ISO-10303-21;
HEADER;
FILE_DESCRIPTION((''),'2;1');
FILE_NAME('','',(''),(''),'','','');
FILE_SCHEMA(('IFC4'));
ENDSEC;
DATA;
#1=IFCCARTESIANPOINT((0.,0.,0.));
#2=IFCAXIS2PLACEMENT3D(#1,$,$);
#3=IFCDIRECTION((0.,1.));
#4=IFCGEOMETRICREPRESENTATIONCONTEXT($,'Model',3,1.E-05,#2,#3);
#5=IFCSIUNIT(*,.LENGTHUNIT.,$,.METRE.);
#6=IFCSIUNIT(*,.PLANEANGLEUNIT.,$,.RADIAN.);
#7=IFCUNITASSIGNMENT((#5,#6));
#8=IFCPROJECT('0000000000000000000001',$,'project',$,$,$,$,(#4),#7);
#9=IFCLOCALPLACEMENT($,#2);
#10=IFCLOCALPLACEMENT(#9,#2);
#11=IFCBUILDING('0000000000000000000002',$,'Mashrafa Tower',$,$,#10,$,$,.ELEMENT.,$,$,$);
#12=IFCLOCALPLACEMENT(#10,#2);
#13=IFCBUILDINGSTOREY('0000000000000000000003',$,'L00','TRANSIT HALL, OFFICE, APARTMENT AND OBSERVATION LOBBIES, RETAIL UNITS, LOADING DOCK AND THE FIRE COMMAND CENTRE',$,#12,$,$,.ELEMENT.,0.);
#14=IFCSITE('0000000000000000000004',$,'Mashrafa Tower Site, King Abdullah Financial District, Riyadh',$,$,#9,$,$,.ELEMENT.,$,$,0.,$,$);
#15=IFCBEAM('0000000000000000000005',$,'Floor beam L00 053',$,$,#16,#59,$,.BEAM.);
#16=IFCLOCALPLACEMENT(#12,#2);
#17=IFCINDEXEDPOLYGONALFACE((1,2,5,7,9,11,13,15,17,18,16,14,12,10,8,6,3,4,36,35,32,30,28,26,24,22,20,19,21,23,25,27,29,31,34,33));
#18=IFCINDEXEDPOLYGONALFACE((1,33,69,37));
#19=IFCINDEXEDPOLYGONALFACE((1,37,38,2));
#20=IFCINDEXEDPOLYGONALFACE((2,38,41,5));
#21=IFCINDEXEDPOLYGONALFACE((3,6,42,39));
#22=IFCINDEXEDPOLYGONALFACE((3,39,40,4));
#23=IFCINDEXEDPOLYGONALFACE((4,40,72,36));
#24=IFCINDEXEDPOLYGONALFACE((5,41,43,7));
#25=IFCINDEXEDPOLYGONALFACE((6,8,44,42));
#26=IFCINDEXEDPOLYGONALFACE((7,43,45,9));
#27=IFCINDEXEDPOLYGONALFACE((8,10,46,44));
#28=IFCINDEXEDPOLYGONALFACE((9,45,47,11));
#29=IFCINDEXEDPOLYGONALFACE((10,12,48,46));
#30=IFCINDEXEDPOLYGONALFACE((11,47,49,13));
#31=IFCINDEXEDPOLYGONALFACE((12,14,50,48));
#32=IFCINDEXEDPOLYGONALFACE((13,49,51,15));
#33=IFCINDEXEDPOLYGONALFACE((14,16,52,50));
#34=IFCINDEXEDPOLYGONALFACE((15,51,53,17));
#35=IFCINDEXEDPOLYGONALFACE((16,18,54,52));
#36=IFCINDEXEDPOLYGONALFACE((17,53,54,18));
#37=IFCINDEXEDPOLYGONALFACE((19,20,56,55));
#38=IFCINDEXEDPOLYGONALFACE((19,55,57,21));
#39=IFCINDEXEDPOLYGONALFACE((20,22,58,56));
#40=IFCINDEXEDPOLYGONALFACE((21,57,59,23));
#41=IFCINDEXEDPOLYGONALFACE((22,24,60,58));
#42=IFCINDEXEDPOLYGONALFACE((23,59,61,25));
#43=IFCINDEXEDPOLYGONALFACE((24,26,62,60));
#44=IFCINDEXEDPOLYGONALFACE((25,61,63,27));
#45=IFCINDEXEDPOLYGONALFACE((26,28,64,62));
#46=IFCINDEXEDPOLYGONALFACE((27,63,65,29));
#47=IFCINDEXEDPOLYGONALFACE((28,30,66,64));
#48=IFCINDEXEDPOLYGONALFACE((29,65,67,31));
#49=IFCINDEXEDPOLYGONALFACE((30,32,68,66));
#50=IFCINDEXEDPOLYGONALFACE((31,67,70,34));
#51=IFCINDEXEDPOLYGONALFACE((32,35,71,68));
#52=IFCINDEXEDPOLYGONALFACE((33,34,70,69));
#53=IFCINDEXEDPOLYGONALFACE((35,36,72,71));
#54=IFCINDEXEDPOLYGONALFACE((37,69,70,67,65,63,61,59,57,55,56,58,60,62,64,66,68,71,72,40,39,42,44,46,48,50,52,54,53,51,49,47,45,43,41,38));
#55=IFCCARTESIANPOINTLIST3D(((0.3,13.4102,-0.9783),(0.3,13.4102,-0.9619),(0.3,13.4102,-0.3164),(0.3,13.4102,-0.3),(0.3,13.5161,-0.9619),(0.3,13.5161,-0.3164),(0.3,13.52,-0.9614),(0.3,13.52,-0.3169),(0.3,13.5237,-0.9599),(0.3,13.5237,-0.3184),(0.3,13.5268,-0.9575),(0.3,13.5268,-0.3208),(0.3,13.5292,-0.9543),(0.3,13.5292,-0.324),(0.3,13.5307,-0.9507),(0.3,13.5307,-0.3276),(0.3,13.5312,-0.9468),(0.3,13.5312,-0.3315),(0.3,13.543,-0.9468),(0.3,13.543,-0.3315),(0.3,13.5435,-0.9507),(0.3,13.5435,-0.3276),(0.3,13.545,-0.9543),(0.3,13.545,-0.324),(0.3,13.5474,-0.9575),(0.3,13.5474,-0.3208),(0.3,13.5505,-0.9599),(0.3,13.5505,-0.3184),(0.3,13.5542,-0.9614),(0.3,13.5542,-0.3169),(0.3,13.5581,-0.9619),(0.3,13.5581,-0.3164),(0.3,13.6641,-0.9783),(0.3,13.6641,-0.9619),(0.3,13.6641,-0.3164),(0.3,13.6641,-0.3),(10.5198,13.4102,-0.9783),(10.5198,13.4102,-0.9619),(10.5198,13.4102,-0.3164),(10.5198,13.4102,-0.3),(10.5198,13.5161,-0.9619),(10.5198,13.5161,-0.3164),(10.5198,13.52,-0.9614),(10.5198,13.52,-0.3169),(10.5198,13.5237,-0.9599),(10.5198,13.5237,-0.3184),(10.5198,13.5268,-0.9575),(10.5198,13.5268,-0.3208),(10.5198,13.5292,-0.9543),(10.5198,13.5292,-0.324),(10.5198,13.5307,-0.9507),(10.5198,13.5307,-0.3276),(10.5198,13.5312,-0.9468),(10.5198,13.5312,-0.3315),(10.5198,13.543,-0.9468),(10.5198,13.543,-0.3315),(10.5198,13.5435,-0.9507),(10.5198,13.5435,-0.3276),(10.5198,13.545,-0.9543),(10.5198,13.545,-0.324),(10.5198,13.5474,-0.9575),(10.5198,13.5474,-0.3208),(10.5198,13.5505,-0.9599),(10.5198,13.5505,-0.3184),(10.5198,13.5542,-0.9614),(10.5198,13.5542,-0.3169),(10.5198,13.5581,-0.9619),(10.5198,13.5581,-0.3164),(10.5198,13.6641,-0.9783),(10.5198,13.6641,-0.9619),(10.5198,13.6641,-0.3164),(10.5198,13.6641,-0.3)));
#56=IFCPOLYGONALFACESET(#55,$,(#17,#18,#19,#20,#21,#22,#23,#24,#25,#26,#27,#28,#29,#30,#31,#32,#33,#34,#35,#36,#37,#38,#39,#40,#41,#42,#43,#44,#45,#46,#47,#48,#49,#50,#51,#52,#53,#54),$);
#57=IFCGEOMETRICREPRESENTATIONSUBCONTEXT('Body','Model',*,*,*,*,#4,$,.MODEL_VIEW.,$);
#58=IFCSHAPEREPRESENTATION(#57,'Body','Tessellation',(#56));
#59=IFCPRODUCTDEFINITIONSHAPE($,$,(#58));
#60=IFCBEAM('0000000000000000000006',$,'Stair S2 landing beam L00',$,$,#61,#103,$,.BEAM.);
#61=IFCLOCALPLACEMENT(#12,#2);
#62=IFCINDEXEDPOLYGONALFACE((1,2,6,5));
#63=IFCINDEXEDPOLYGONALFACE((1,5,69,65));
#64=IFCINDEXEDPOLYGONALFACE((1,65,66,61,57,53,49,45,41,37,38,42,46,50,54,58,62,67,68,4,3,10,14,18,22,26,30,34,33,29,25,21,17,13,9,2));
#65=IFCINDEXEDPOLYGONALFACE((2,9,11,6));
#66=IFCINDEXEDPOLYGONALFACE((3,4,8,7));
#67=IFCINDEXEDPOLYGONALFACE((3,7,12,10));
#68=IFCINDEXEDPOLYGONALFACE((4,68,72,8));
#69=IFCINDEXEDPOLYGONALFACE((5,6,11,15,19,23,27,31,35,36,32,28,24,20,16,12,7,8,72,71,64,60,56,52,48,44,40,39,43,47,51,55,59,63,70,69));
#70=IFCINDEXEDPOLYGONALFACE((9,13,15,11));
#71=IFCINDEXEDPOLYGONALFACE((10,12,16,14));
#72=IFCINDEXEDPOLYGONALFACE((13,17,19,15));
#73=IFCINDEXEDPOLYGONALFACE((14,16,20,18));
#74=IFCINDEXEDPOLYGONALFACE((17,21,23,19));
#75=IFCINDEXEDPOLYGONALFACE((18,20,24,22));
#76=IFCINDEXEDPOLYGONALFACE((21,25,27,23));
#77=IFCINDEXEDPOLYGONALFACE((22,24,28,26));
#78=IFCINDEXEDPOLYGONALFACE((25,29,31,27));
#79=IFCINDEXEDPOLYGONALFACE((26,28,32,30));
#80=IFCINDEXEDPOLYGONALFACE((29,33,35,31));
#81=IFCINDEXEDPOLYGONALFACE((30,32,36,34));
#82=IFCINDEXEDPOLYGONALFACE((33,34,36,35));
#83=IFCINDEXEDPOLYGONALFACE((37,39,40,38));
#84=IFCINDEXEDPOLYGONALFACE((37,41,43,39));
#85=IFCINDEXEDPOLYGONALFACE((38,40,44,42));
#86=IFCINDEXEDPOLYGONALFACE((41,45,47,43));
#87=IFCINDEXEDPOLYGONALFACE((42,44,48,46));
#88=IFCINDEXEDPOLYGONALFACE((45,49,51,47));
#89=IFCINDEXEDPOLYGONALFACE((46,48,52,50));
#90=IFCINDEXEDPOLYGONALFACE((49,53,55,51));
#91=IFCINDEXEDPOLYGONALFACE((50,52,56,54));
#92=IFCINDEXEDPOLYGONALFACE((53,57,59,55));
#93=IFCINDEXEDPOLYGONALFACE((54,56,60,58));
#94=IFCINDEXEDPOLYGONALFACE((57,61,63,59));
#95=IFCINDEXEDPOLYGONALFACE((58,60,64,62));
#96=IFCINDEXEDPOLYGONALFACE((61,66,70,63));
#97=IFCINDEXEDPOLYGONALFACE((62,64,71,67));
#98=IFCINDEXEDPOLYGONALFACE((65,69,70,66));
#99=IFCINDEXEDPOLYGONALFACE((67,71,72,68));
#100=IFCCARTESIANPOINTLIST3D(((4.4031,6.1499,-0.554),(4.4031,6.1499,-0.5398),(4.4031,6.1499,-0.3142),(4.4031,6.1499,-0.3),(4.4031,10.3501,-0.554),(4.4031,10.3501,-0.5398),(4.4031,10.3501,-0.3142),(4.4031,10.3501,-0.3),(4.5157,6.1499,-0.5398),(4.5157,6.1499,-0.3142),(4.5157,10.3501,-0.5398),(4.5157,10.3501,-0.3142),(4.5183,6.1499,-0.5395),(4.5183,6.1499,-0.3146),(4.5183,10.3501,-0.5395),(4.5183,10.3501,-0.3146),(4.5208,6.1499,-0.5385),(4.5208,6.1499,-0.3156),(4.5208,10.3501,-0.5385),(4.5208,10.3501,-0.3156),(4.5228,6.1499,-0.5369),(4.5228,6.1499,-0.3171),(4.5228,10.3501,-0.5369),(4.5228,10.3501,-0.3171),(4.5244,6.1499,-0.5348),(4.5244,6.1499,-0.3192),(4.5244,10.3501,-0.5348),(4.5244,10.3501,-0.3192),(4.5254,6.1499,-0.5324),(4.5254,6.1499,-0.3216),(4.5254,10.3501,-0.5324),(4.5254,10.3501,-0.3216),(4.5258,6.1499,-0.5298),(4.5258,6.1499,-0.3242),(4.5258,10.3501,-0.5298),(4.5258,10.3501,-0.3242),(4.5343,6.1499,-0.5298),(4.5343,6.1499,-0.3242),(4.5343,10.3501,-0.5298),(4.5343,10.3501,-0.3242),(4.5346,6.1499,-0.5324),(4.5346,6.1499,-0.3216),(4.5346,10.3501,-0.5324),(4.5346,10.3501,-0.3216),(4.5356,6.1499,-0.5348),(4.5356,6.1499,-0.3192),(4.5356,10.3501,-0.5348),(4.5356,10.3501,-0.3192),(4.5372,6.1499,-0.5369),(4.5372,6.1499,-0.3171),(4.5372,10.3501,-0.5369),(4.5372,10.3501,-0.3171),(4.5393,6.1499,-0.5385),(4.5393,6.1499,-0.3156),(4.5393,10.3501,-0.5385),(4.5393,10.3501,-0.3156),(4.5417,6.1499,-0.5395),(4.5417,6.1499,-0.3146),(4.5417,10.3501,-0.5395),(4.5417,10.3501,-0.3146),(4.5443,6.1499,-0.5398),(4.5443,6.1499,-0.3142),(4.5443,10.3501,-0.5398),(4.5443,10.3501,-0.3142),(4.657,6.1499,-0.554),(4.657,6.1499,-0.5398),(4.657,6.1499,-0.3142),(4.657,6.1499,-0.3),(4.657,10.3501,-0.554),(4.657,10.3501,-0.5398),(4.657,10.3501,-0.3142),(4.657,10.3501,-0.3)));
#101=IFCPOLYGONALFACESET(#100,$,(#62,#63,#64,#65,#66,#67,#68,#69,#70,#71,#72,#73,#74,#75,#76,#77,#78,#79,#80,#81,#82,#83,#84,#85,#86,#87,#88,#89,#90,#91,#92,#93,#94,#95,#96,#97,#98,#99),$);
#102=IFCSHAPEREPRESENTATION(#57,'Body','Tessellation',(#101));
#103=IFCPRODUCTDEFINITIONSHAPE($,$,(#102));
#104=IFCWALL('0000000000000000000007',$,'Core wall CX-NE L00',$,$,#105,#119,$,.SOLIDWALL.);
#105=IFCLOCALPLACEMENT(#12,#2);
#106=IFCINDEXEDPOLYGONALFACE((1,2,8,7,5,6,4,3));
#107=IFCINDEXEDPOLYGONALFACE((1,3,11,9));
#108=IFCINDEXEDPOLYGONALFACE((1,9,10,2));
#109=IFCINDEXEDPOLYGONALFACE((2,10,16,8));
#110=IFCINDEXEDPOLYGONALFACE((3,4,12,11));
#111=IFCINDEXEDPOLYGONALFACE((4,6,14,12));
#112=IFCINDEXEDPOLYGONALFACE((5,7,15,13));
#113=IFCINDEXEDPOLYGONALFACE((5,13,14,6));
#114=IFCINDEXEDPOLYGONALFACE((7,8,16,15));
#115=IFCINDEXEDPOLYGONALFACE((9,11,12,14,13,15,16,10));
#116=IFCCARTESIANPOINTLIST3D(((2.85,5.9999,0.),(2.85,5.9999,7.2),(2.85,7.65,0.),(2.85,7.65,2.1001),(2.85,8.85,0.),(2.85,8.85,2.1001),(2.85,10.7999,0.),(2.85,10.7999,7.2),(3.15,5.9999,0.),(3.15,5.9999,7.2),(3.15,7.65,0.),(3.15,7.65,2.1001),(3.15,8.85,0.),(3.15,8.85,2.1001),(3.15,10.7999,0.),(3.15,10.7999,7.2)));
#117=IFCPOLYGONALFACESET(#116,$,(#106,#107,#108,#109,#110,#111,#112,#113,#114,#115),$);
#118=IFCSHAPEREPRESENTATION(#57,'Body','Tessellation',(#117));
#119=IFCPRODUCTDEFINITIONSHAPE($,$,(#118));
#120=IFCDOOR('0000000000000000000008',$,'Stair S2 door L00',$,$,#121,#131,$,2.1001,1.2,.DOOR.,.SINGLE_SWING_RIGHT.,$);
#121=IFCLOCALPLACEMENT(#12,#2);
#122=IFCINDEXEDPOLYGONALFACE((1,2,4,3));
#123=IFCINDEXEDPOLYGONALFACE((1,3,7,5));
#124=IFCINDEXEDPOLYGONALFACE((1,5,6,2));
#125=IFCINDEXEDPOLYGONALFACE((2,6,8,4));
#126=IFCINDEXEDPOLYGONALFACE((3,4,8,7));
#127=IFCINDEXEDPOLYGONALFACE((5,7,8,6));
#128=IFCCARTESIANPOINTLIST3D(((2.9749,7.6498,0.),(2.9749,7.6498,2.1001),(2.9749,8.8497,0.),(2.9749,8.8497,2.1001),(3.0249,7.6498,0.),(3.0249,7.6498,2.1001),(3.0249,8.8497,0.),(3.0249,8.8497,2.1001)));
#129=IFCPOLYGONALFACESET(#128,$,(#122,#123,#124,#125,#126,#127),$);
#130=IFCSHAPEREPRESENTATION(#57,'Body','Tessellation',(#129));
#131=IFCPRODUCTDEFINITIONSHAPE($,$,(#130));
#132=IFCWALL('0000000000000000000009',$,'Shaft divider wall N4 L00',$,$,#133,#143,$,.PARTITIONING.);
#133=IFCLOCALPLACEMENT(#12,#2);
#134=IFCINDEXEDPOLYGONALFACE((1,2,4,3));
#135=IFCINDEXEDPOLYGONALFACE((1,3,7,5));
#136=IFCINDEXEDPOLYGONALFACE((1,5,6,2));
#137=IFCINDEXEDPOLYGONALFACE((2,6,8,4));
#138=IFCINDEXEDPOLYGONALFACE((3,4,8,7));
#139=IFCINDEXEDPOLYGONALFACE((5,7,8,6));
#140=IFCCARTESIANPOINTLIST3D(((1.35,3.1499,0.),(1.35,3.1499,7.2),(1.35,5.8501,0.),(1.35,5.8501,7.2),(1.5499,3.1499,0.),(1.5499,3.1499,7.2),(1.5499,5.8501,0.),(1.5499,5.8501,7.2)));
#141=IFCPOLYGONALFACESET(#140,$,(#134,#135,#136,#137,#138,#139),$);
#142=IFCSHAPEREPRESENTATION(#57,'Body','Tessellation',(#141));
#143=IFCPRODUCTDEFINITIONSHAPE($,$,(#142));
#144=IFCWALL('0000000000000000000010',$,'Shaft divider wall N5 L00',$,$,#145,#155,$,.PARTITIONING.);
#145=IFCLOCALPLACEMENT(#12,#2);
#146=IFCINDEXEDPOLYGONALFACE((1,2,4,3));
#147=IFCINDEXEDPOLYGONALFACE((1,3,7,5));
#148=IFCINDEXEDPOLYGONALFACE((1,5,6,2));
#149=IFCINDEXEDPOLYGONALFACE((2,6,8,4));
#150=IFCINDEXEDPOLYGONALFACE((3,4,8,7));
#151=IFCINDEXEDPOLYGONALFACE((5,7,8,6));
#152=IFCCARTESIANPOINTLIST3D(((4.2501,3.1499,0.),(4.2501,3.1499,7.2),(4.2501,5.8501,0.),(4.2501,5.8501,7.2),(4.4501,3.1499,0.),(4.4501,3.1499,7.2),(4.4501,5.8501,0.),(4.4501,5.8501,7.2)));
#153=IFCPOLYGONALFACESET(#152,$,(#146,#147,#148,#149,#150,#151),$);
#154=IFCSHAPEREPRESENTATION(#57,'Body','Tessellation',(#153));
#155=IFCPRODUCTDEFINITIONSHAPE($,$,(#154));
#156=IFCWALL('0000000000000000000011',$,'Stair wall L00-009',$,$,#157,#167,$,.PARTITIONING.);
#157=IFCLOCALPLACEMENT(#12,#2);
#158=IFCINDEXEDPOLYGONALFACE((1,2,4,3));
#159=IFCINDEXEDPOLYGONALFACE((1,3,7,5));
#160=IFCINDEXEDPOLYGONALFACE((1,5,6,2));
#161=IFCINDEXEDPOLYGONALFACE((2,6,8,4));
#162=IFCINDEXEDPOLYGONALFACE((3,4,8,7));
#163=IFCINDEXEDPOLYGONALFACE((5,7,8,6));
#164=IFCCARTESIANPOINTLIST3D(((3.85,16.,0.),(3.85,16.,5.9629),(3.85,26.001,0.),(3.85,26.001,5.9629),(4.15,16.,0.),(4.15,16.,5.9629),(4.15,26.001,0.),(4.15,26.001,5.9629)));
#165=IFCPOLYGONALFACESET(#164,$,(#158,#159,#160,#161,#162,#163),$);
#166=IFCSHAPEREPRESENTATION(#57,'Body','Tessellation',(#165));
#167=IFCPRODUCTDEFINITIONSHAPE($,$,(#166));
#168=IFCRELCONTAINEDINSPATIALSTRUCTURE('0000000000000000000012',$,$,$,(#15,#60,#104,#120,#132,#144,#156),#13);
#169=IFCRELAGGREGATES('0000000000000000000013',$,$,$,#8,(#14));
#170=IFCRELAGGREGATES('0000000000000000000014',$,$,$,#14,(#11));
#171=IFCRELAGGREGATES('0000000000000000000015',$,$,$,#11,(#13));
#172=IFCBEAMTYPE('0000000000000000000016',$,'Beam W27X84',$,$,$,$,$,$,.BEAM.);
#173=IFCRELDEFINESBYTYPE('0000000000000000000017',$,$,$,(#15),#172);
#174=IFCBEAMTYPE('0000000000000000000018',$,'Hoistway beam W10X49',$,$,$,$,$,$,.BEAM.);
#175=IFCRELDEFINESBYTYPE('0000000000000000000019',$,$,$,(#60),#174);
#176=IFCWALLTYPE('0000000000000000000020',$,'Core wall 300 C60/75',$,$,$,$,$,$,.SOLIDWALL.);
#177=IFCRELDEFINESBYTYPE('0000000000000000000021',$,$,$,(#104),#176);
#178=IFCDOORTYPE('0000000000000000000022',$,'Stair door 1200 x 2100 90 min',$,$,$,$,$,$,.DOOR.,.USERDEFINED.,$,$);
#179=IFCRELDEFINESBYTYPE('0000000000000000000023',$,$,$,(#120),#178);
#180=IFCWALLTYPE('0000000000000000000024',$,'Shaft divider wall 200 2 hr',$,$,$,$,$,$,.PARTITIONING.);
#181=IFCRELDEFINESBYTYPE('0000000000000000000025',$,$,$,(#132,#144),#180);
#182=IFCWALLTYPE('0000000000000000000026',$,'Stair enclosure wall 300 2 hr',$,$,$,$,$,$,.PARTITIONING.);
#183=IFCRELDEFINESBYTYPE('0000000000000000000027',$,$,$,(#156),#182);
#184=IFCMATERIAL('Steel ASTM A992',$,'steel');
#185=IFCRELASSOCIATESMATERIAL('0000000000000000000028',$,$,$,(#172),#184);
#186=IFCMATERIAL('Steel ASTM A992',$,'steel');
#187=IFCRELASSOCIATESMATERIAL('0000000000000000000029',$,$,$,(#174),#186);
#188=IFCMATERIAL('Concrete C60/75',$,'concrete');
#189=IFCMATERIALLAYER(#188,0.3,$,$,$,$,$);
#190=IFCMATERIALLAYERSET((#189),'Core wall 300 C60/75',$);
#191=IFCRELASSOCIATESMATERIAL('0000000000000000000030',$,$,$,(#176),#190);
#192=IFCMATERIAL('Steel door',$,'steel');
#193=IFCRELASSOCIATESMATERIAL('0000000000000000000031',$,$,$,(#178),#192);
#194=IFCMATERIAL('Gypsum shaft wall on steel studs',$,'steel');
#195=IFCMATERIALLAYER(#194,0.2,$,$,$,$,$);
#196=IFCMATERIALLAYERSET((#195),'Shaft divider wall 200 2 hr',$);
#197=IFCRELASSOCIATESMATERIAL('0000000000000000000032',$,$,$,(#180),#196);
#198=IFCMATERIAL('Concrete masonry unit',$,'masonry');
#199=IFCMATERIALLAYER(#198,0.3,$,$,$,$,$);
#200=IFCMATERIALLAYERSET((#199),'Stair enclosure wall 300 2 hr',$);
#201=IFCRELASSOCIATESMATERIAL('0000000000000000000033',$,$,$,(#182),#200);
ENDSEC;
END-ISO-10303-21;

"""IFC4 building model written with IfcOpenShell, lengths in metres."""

from ifc_helpers import new_model, si_unit, direction, frame, frame_2d, origin, origin_2d, place, context, subcontext, project, spatial, rectangle, i_section, extrude, material, layer, layer_set, material_profile, profile_set, type_object, element, fill, save


model = new_model("IFC4")

# Units and contexts
model_context = context("Model", 3, precision=1e-05, world=origin(), true_north=direction((0.0, 1.0)))
body_context = subcontext(model_context, "Body", "Model", "MODEL_VIEW")
ifc_project = project(units=[si_unit("LENGTHUNIT", "METRE"), si_unit("PLANEANGLEUNIT", "RADIAN")], contexts=[model_context])

# Site, building, storey
site_placement = place(None, origin())
site = spatial("IfcSite", under=ifc_project, at=site_placement, Name="Mashrafa Tower Site, King Abdullah Financial District, Riyadh", CompositionType="ELEMENT", RefElevation=0.0)
building_placement = place(site_placement, origin())
building = spatial("IfcBuilding", under=site, at=building_placement, Name="Mashrafa Tower", CompositionType="ELEMENT")
storey_placement = place(building_placement, origin())
storey = spatial("IfcBuildingStorey", under=building, at=storey_placement, Name="L00", Description="TRANSIT HALL, OFFICE, APARTMENT AND OBSERVATION LOBBIES, RETAIL UNITS, LOADING DOCK AND THE FIRE COMMAND CENTRE", CompositionType="ELEMENT", Elevation=0.0)

# Beams
ifc_material_1 = material(Name="Steel ASTM A992", Category="steel")
ifc_material_profile_1 = material_profile(ifc_material_1, i_section(OverallWidth=0.2539, OverallDepth=0.6782, WebThickness=0.0117, FlangeThickness=0.0164, FilletRadius=0.0151, at=origin_2d()), Name="W27X84")
ifc_profile_set_1 = profile_set([ifc_material_profile_1], Name="Steel ASTM A992")
beam_type_1 = type_object("IfcBeamType", Name="Beam W27X84", PredefinedType="BEAM", material=ifc_profile_set_1)
beam_1_placement = place(storey_placement, frame((0.3, 13.5371, -0.6392), z_axis=(1.0, 0.0, 0.0), x_axis=(0.0, 1.0, 0.0)))
element("IfcBeam", 1, at=beam_1_placement, inside=storey, type_object=beam_type_1, Name="Floor beam L00 053", PredefinedType="BEAM", context=body_context, shape_type="SweptSolid", body=[
    extrude(i_section(OverallWidth=0.2539, OverallDepth=0.6782, WebThickness=0.0117, FlangeThickness=0.0164, FilletRadius=0.0151, at=origin_2d()), origin(), (0.0, 0.0, 1.0), 10.2197),
])
ifc_material_2 = material(Name="Steel ASTM A992", Category="steel")
ifc_material_profile_2 = material_profile(ifc_material_2, i_section(OverallWidth=0.2539, OverallDepth=0.2539, WebThickness=0.0085, FlangeThickness=0.0142, FilletRadius=0.01, at=origin_2d()), Name="W10X49")
ifc_profile_set_2 = profile_set([ifc_material_profile_2], Name="Steel ASTM A992")
beam_type_2 = type_object("IfcBeamType", Name="Hoistway beam W10X49", PredefinedType="BEAM", material=ifc_profile_set_2)
beam_2_placement = place(storey_placement, frame((4.53, 6.1499, -0.427), z_axis=(0.0, 1.0, 0.0), x_axis=(-1.0, 0.0, 0.0)))
element("IfcBeam", 2, at=beam_2_placement, inside=storey, type_object=beam_type_2, Name="Stair S2 landing beam L00", PredefinedType="BEAM", context=body_context, shape_type="SweptSolid", body=[
    extrude(i_section(OverallWidth=0.2539, OverallDepth=0.2539, WebThickness=0.0085, FlangeThickness=0.0142, FilletRadius=0.01, at=origin_2d()), origin(), (0.0, 0.0, 1.0), 4.2002),
])

# Wall, opening, door
ifc_material_3 = material(Name="Concrete C60/75", Category="concrete")
ifc_layer_1 = layer(ifc_material_3, 0.3)
ifc_layer_set_1 = layer_set([ifc_layer_1], Name="Core wall 300 C60/75")
wall_type_1 = type_object("IfcWallType", Name="Core wall 300 C60/75", PredefinedType="SOLIDWALL", material=ifc_layer_set_1)
wall_1_placement = place(storey_placement, frame((3.0, 6.0, 0.0), z_axis=(0.0, 0.0, 1.0), x_axis=(0.0, 1.0, 0.0)))
wall_1 = element("IfcWall", 3, at=wall_1_placement, inside=storey, type_object=wall_type_1, Name="Core wall CX-NE L00", PredefinedType="SOLIDWALL", context=body_context, shape_type="SweptSolid", body=[
    extrude(rectangle(XDim=4.8, YDim=0.3, at=frame_2d((2.3999, 0.0))), origin(), (0.0, 0.0, 1.0), 7.2),
])
opening_placement = place(wall_1_placement, frame((1.6499, 0.0, 0.0)))
opening = element("IfcOpeningElement", 4, at=opening_placement, cuts=wall_1, PredefinedType="OPENING", context=body_context, shape_type="SweptSolid", body=[
    extrude(rectangle(XDim=1.2, YDim=2.1001, at=frame_2d((0.6001, 1.05))), frame((0.0, 0.1599, 0.0), z_axis=(0.0, -1.0, 0.0), x_axis=(1.0, 0.0, 0.0)), (0.0, 0.0, 1.0), 0.3201),
])
ifc_material_4 = material(Name="Steel door", Category="steel")
door_type = type_object("IfcDoorType", Name="Stair door 1200 x 2100 90 min", OperationType="USERDEFINED", PredefinedType="DOOR", material=ifc_material_4)
door_placement = place(opening_placement, frame((1.2, 0.0, 0.0), z_axis=(0.0, 0.0, 1.0), x_axis=(-1.0, 0.0, 0.0)))
door = element("IfcDoor", 5, at=door_placement, inside=storey, type_object=door_type, Name="Stair S2 door L00", OperationType="SINGLE_SWING_RIGHT", OverallHeight=2.1001, OverallWidth=1.2, PredefinedType="DOOR", context=body_context, shape_type="SweptSolid", body=[
    extrude(rectangle(XDim=1.2, YDim=2.1001, at=frame_2d((0.6001, 1.05))), frame((0.0, 0.0249, 0.0), z_axis=(0.0, -1.0, 0.0), x_axis=(1.0, 0.0, 0.0)), (0.0, 0.0, 1.0), 0.05),
])
fill(opening, door)

# Walls
ifc_material_5 = material(Name="Gypsum shaft wall on steel studs", Category="steel")
ifc_layer_2 = layer(ifc_material_5, 0.2)
ifc_layer_set_2 = layer_set([ifc_layer_2], Name="Shaft divider wall 200 2 hr")
wall_type_2 = type_object("IfcWallType", Name="Shaft divider wall 200 2 hr", PredefinedType="PARTITIONING", material=ifc_layer_set_2)
for number, where, z_axis, x_axis, name in (
    (6, (1.45, 3.1499, 0.0), (0.0, 0.0, 1.0), (0.0, 1.0, 0.0), "Shaft divider wall N4 L00"),
    (7, (4.3501, 3.1499, 0.0), (0.0, 0.0, 1.0), (0.0, 1.0, 0.0), "Shaft divider wall N5 L00"),
):
    element("IfcWall", number, at=place(storey_placement, frame(where, z_axis=z_axis, x_axis=x_axis)), inside=storey, type_object=wall_type_2, Name=name, PredefinedType="PARTITIONING", context=body_context, shape_type="SweptSolid", body=[
        extrude(rectangle(XDim=2.7002, YDim=0.2, at=frame_2d((1.3501, 0.0))), origin(), (0.0, 0.0, 1.0), 7.2),
    ])
ifc_material_6 = material(Name="Concrete masonry unit", Category="masonry")
ifc_layer_3 = layer(ifc_material_6, 0.3)
ifc_layer_set_3 = layer_set([ifc_layer_3], Name="Stair enclosure wall 300 2 hr")
wall_type_3 = type_object("IfcWallType", Name="Stair enclosure wall 300 2 hr", PredefinedType="PARTITIONING", material=ifc_layer_set_3)
wall_2_placement = place(storey_placement, frame((4.0, 16.0, 0.0), z_axis=(0.0, 0.0, 1.0), x_axis=(0.0, 1.0, 0.0)))
element("IfcWall", 8, at=wall_2_placement, inside=storey, type_object=wall_type_3, Name="Stair wall L00-009", PredefinedType="PARTITIONING", context=body_context, shape_type="SweptSolid", body=[
    extrude(rectangle(XDim=10.001, YDim=0.3, at=frame_2d((5.0005, 0.0))), origin(), (0.0, 0.0, 1.0), 5.9629),
])

save(model, "model.ifc")
